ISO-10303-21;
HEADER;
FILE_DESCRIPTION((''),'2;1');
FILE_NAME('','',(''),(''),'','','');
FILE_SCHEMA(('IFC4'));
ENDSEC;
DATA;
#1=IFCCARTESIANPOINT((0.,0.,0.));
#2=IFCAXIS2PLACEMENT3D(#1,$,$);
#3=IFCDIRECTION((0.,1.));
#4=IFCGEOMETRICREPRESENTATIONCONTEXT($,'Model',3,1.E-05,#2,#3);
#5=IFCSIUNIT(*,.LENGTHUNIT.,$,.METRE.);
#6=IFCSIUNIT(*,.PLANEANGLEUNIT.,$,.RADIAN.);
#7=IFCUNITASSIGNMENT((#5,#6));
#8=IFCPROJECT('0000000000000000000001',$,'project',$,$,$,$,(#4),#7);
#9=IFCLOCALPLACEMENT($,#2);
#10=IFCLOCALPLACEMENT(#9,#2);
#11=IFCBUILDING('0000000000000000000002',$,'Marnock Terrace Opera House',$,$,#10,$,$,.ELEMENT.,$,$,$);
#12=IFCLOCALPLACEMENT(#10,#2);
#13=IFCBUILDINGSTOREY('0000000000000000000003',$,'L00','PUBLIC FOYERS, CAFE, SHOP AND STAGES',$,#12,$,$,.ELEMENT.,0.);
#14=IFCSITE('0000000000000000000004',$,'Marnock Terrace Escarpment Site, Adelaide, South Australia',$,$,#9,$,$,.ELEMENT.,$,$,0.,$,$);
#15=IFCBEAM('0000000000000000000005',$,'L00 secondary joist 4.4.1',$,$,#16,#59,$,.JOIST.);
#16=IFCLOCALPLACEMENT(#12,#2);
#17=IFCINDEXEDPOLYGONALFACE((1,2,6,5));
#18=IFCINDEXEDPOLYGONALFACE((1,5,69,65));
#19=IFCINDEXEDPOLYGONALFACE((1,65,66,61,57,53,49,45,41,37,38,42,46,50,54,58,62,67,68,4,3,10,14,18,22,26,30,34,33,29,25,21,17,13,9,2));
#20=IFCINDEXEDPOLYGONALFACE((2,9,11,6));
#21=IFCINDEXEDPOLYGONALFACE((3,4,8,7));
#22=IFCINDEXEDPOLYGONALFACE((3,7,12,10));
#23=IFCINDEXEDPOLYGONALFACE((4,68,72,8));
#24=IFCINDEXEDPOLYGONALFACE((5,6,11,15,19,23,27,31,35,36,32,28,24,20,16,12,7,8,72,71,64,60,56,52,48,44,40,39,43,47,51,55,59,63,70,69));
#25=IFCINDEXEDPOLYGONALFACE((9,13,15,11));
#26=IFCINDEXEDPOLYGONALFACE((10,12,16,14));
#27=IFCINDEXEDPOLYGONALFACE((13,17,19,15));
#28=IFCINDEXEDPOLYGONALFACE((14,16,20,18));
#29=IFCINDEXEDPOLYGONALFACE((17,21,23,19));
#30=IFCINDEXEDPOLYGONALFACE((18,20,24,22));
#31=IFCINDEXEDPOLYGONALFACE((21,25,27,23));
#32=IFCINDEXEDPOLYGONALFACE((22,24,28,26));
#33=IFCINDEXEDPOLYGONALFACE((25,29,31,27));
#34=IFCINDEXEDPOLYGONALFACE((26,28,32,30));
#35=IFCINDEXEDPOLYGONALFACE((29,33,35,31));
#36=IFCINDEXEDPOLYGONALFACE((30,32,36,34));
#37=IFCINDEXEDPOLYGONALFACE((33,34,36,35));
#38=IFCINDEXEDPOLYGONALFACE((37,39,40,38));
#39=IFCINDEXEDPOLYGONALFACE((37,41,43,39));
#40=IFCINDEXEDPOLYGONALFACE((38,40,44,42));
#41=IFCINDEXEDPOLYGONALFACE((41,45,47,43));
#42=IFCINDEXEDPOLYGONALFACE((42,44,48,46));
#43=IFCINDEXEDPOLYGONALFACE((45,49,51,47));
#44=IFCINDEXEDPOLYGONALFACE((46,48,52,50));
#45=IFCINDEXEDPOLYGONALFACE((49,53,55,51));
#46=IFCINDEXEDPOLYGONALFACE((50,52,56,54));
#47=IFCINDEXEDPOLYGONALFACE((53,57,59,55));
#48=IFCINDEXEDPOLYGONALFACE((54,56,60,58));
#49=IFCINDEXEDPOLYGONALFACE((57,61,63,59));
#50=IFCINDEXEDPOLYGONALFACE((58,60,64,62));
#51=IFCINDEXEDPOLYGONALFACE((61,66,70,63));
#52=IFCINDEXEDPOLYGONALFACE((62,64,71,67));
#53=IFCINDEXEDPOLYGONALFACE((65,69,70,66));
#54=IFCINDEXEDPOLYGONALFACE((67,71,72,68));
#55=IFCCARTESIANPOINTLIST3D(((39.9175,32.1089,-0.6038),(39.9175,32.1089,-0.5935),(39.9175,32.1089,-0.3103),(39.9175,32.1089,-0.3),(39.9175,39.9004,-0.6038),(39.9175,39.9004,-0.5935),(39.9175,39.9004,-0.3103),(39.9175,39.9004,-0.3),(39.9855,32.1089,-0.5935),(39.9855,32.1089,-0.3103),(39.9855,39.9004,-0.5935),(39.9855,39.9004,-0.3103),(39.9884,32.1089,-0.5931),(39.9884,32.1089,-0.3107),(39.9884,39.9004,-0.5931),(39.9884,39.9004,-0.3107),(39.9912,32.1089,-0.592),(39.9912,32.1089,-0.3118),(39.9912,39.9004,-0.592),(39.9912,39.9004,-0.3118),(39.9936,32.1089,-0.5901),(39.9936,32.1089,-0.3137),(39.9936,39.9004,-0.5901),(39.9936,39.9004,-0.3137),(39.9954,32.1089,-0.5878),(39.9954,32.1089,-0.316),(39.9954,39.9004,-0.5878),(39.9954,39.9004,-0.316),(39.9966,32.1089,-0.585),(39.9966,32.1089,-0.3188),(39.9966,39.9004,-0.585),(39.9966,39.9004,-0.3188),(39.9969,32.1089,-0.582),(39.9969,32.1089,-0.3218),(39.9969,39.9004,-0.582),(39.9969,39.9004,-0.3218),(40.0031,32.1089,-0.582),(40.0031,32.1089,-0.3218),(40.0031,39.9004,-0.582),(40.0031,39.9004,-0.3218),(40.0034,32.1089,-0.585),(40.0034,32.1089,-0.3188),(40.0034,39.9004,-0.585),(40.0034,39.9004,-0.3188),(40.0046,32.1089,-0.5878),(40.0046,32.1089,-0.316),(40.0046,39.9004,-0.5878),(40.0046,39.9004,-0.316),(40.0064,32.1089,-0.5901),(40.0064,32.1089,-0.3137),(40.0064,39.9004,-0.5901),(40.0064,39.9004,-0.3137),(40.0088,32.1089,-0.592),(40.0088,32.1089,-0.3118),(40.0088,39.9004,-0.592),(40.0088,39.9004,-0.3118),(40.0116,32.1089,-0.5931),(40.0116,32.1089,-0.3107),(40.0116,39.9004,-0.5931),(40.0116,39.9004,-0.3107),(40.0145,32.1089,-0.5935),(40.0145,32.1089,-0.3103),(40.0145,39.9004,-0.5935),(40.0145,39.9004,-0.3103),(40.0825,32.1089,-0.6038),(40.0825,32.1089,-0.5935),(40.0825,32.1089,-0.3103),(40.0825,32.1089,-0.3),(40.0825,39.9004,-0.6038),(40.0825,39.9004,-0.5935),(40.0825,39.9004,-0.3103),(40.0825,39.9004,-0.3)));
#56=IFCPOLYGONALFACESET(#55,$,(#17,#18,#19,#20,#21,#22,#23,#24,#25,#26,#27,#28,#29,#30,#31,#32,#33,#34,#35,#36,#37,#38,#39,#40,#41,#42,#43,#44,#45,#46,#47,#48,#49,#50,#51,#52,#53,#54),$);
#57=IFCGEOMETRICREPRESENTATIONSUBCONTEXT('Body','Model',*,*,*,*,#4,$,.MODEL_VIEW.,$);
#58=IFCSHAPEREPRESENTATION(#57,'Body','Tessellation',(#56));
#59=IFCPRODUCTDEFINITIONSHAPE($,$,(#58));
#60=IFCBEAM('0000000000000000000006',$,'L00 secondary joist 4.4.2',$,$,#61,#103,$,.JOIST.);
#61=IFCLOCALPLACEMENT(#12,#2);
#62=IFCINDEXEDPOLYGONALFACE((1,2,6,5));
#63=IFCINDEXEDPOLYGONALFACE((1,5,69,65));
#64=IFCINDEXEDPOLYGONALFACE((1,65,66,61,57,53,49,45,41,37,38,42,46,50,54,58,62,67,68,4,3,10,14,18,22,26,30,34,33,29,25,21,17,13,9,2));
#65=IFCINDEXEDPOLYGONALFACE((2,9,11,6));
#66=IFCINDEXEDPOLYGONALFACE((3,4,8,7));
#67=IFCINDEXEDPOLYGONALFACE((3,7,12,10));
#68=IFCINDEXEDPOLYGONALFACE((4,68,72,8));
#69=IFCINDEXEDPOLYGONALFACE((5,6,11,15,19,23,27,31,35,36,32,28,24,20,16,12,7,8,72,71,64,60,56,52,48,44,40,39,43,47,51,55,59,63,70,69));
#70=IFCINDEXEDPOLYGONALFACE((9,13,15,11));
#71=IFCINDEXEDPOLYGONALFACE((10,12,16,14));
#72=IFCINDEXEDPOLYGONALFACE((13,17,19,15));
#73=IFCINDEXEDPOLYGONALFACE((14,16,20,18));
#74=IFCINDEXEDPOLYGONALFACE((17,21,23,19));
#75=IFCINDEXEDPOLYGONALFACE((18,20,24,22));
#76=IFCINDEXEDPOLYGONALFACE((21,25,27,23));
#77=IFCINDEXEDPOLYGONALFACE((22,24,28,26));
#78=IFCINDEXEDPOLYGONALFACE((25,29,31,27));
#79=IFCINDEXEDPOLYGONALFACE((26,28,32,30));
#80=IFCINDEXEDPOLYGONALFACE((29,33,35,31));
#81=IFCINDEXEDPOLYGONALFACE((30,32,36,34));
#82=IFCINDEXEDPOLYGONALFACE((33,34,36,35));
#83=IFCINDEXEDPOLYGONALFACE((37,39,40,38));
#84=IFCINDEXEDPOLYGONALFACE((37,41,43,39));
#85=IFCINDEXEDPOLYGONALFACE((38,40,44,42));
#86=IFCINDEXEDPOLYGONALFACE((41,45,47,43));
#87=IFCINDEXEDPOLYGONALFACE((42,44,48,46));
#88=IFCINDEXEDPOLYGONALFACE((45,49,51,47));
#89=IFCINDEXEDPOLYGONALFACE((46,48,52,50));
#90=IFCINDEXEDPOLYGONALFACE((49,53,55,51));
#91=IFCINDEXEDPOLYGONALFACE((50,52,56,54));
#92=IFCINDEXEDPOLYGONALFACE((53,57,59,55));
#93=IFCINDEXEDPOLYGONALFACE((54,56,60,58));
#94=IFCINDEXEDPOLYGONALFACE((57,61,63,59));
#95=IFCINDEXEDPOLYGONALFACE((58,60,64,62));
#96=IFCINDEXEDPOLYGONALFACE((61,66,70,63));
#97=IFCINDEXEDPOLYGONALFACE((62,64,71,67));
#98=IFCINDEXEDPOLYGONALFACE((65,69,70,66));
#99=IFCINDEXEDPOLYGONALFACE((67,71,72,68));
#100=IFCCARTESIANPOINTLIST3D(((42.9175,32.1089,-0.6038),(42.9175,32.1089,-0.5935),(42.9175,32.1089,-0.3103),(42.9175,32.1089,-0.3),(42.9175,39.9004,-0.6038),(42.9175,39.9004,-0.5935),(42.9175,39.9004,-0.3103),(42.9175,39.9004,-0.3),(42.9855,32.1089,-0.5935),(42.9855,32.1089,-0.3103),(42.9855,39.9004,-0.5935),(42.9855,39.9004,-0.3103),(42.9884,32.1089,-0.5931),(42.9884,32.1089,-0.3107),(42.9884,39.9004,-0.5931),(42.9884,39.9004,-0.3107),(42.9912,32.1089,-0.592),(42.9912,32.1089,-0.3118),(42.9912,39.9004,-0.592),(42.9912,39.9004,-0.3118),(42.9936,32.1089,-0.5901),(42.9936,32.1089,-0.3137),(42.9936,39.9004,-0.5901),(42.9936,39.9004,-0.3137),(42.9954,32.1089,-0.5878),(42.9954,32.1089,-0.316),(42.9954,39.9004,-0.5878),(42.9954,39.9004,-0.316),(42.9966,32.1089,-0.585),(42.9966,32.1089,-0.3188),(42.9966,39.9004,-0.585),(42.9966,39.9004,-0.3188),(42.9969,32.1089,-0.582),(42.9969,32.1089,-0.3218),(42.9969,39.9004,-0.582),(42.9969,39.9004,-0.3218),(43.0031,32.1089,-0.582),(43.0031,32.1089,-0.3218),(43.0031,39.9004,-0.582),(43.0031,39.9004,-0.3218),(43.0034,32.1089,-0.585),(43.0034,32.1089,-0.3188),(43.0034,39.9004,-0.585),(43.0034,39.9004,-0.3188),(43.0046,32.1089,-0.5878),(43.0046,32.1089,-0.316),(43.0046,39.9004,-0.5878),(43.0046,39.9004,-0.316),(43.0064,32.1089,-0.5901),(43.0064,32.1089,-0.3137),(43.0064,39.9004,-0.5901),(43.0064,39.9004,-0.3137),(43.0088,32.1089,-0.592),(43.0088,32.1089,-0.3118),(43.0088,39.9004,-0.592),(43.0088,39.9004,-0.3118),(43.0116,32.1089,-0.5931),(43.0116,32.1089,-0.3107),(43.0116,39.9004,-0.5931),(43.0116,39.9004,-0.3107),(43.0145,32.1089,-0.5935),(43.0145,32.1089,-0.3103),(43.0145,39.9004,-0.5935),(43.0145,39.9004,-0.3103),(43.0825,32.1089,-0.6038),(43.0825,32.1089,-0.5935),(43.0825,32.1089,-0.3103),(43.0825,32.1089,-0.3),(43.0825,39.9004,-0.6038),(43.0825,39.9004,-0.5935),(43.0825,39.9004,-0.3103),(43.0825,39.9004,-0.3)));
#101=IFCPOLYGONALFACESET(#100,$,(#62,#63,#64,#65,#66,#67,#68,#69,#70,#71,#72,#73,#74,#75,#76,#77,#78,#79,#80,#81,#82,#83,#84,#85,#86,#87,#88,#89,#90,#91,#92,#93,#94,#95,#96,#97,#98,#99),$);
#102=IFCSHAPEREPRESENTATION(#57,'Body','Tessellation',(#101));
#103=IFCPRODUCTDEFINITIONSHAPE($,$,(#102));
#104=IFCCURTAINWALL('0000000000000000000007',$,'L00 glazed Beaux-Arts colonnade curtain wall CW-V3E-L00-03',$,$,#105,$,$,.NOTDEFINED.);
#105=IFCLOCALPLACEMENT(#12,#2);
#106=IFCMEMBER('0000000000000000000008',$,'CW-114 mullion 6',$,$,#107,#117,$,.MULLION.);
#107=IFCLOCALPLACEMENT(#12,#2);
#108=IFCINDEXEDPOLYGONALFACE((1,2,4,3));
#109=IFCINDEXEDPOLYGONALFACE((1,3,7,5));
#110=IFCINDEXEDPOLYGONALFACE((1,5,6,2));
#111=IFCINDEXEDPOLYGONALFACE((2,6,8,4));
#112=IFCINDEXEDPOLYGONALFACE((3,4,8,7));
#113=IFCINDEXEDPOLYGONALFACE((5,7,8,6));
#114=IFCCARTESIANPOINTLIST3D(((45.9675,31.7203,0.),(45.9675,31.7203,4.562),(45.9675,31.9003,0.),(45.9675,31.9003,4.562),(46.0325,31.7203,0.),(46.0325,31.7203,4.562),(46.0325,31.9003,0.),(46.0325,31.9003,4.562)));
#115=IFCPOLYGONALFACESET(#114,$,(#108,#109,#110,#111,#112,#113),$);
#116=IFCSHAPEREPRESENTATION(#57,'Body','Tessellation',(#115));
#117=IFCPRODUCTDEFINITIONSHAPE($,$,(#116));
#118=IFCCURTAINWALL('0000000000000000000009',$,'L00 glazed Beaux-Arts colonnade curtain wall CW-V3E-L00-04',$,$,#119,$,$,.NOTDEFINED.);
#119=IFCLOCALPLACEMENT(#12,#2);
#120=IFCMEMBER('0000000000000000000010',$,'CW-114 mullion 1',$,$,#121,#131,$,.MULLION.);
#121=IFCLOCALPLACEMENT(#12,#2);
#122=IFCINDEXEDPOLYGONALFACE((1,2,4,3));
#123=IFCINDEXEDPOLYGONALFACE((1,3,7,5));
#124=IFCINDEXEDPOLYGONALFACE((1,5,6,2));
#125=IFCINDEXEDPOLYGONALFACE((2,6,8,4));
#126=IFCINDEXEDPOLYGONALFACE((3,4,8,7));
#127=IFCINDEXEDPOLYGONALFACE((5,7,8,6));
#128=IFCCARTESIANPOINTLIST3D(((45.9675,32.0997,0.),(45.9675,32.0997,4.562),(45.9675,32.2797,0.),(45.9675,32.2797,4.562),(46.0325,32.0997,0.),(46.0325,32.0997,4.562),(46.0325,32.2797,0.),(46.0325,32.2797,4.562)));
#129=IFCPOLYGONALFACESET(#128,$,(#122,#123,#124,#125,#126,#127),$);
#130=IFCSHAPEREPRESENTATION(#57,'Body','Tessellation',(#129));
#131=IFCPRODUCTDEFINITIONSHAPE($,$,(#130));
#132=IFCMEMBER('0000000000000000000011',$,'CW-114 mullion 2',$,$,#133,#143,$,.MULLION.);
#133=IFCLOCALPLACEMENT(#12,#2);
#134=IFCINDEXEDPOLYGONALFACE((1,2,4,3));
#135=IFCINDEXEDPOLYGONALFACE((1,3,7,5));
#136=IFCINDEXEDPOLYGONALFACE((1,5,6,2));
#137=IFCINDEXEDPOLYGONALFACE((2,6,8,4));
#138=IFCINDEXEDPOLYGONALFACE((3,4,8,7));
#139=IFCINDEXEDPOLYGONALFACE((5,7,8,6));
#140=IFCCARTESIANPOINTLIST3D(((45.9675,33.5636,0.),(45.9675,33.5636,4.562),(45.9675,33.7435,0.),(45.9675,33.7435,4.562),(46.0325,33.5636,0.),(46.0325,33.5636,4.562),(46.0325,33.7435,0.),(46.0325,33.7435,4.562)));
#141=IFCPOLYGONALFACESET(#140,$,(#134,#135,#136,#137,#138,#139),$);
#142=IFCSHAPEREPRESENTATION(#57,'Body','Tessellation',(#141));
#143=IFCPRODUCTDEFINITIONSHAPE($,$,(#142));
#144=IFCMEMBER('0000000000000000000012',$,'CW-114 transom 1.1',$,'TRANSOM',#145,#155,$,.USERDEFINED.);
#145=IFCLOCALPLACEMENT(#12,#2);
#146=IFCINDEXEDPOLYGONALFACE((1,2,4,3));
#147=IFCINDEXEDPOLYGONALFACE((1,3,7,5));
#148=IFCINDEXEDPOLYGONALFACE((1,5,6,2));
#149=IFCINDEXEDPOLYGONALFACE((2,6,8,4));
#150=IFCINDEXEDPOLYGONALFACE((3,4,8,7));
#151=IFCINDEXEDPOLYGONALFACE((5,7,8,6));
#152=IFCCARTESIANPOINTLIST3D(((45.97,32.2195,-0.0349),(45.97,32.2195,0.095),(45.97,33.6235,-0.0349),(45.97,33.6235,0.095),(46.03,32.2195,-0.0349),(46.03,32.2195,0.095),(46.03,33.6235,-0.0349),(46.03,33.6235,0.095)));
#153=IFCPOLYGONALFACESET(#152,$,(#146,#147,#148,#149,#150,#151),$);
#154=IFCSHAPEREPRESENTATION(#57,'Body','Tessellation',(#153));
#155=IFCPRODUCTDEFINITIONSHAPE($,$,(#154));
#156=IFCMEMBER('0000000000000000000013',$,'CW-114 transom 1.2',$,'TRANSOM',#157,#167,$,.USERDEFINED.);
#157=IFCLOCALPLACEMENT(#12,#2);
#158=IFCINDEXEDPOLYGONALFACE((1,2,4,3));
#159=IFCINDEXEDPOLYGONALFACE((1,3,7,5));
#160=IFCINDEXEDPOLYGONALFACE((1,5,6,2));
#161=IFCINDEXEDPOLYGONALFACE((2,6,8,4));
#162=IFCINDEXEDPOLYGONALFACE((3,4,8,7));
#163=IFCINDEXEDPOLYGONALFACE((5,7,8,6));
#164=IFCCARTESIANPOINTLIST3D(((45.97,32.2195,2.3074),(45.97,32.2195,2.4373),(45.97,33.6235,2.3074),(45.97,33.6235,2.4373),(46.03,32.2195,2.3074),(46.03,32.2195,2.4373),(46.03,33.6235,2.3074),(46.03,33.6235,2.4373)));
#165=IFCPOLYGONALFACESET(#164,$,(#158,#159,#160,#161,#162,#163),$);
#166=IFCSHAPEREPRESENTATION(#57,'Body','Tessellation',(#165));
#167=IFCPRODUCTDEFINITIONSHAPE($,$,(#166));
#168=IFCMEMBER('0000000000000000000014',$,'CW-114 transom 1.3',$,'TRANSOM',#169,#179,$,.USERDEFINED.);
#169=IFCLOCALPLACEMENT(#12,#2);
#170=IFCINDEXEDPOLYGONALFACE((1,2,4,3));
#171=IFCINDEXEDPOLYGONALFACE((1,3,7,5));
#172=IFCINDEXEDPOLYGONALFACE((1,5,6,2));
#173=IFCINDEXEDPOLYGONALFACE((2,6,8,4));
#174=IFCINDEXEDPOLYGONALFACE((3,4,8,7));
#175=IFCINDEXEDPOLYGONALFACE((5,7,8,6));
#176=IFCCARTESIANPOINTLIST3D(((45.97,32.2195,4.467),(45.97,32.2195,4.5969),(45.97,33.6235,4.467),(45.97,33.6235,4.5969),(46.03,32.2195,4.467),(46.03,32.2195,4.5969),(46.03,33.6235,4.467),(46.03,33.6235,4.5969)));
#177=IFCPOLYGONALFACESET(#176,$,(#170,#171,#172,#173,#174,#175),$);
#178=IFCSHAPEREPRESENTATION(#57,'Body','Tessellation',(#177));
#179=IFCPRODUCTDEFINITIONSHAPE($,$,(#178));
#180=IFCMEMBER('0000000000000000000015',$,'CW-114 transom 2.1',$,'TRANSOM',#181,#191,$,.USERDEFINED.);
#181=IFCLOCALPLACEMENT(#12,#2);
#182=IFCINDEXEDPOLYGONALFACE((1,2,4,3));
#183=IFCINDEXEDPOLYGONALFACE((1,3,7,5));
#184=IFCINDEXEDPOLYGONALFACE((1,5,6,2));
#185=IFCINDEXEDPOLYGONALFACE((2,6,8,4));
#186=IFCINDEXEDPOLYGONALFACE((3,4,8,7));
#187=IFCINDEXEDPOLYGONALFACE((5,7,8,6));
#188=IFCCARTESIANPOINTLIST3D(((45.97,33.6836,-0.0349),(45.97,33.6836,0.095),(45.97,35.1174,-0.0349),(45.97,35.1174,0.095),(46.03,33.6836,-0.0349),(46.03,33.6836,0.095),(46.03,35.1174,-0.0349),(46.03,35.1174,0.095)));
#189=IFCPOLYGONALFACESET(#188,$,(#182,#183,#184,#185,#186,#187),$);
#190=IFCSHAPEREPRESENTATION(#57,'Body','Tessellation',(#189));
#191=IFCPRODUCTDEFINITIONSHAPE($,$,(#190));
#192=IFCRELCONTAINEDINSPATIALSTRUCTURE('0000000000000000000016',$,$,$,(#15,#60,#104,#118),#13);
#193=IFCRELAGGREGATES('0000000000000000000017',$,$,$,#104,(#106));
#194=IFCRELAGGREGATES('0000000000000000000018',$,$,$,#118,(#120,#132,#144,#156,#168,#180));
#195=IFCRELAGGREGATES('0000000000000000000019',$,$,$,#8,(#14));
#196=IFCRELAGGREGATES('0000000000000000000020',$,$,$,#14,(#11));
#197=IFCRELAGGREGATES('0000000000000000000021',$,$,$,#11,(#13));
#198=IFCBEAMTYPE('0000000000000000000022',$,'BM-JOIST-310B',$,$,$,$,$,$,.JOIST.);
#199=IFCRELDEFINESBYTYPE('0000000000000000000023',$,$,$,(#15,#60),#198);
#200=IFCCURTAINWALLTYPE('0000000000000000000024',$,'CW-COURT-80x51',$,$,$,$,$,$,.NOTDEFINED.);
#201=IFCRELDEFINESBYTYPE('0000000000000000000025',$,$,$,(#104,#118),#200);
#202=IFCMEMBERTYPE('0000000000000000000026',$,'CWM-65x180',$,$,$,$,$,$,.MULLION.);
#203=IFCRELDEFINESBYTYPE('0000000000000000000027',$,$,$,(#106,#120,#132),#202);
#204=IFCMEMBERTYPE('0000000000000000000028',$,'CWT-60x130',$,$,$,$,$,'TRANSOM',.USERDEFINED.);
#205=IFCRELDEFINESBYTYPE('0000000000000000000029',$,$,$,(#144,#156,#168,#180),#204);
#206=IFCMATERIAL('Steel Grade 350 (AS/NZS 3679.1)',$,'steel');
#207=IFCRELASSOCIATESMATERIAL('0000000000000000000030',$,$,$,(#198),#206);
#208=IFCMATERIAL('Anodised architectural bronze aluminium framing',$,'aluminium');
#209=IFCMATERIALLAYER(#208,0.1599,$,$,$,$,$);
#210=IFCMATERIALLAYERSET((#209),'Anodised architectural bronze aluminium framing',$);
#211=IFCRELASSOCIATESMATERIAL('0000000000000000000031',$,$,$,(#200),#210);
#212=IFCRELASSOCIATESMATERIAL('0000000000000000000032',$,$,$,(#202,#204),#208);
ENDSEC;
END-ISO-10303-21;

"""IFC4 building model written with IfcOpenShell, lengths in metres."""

from ifc_helpers import new_model, si_unit, direction, frame, origin, origin_2d, place, context, subcontext, project, spatial, rectangle, i_section, extrude, material, layer, layer_set, material_profile, profile_set, type_object, element, aggregate, save


model = new_model("IFC4")

# Units and contexts
model_context = context("Model", 3, precision=1e-05, world=origin(), true_north=direction((0.0, 1.0)))
body_context = subcontext(model_context, "Body", "Model", "MODEL_VIEW")
ifc_project = project(units=[si_unit("LENGTHUNIT", "METRE"), si_unit("PLANEANGLEUNIT", "RADIAN")], contexts=[model_context])

# Site, building, storey
site_placement = place(None, origin())
site = spatial("IfcSite", under=ifc_project, at=site_placement, Name="Marnock Terrace Escarpment Site, Adelaide, South Australia", CompositionType="ELEMENT", RefElevation=0.0)
building_placement = place(site_placement, origin())
building = spatial("IfcBuilding", under=site, at=building_placement, Name="Marnock Terrace Opera House", CompositionType="ELEMENT")
storey_placement = place(building_placement, origin())
storey = spatial("IfcBuildingStorey", under=building, at=storey_placement, Name="L00", Description="PUBLIC FOYERS, CAFE, SHOP AND STAGES", CompositionType="ELEMENT", Elevation=0.0)

# Shared definitions
ifc_material_1 = material(Name="Steel Grade 350 (AS/NZS 3679.1)", Category="steel")

# Beams
ifc_material_profile_1 = material_profile(ifc_material_1, i_section(OverallWidth=0.165, OverallDepth=0.3037, WebThickness=0.0061, FlangeThickness=0.0103, FilletRadius=0.0115, at=origin_2d()))
ifc_profile_set_1 = profile_set([ifc_material_profile_1], Name="Steel Grade 350 (AS/NZS 3679.1)")
beam_type_1 = type_object("IfcBeamType", Name="BM-JOIST-310B", PredefinedType="JOIST", material=ifc_profile_set_1)
for number, where, z_axis, x_axis, name in (
    (1, (40.0, 32.1089, -0.4519), (0.0, 1.0, 0.0), (-1.0, 0.0, 0.0), "L00 secondary joist 4.4.1"),
    (2, (43.0, 32.1089, -0.4519), (0.0, 1.0, 0.0), (-1.0, 0.0, 0.0), "L00 secondary joist 4.4.2"),
):
    element("IfcBeam", number, at=place(storey_placement, frame(where, z_axis=z_axis, x_axis=x_axis)), inside=storey, type_object=beam_type_1, Name=name, PredefinedType="JOIST", context=body_context, shape_type="SweptSolid", body=[
        extrude(i_section(OverallWidth=0.165, OverallDepth=0.3037, WebThickness=0.0061, FlangeThickness=0.0103, FilletRadius=0.0115, at=origin_2d()), origin(), (0.0, 0.0, 1.0), 7.7915),
    ])

# Curtain wall, member
ifc_material_2 = material(Name="Anodised architectural bronze aluminium framing", Category="aluminium")
ifc_layer_1 = layer(ifc_material_2, 0.1599)
ifc_layer_set_1 = layer_set([ifc_layer_1], Name="Anodised architectural bronze aluminium framing")
curtain_wall_type = type_object("IfcCurtainWallType", Name="CW-COURT-80x51", PredefinedType="NOTDEFINED", material=ifc_layer_set_1)
curtain_wall_1_placement = place(storey_placement, origin())
curtain_wall_1 = element("IfcCurtainWall", 3, at=curtain_wall_1_placement, inside=storey, type_object=curtain_wall_type, Name="L00 glazed Beaux-Arts colonnade curtain wall CW-V3E-L00-03", PredefinedType="NOTDEFINED")
ifc_material_profile_2 = material_profile(ifc_material_2, rectangle(XDim=0.0649, YDim=0.1799, at=origin_2d()))
ifc_profile_set_2 = profile_set([ifc_material_profile_2], Name="Anodised architectural bronze aluminium framing")
member_type_1 = type_object("IfcMemberType", Name="CWM-65x180", PredefinedType="MULLION", material=ifc_profile_set_2)
member_1_placement = place(storey_placement, frame((46.0, 31.8103, 0.0), z_axis=(0.0, 0.0, 1.0), x_axis=(-1.0, 0.0, 0.0)))
member_1 = element("IfcMember", 4, at=member_1_placement, type_object=member_type_1, Name="CW-114 mullion 6", PredefinedType="MULLION", context=body_context, shape_type="SweptSolid", body=[
    extrude(rectangle(XDim=0.0649, YDim=0.1799, at=origin_2d()), origin(), (0.0, 0.0, 1.0), 4.562),
])

# Curtain wall, members
curtain_wall_2_placement = place(storey_placement, origin())
curtain_wall_2 = element("IfcCurtainWall", 5, at=curtain_wall_2_placement, inside=storey, type_object=curtain_wall_type, Name="L00 glazed Beaux-Arts colonnade curtain wall CW-V3E-L00-04", PredefinedType="NOTDEFINED")
member_2_placement = place(storey_placement, frame((46.0, 32.1897, 0.0), z_axis=(0.0, 0.0, 1.0), x_axis=(-1.0, 0.0, 0.0)))
member_2 = element("IfcMember", 6, at=member_2_placement, type_object=member_type_1, Name="CW-114 mullion 1", PredefinedType="MULLION", context=body_context, shape_type="SweptSolid", body=[
    extrude(rectangle(XDim=0.0649, YDim=0.1799, at=origin_2d()), origin(), (0.0, 0.0, 1.0), 4.562),
])
member_3_placement = place(storey_placement, frame((46.0, 33.6536, 0.0), z_axis=(0.0, 0.0, 1.0), x_axis=(-1.0, 0.0, 0.0)))
member_3 = element("IfcMember", 7, at=member_3_placement, type_object=member_type_1, Name="CW-114 mullion 2", PredefinedType="MULLION", context=body_context, shape_type="SweptSolid", body=[
    extrude(rectangle(XDim=0.0649, YDim=0.1799, at=origin_2d()), origin(), (0.0, 0.0, 1.0), 4.562),
])
ifc_material_profile_3 = material_profile(ifc_material_2, rectangle(XDim=0.0601, YDim=0.1299, at=origin_2d()))
ifc_profile_set_3 = profile_set([ifc_material_profile_3], Name="Anodised architectural bronze aluminium framing")
member_type_2 = type_object("IfcMemberType", Name="CWT-60x130", ElementType="TRANSOM", PredefinedType="USERDEFINED", material=ifc_profile_set_3)
member_4_placement = place(storey_placement, frame((46.0, 32.2195, 0.03), z_axis=(0.0, 1.0, 0.0), x_axis=(-1.0, 0.0, 0.0)))
member_4 = element("IfcMember", 8, at=member_4_placement, type_object=member_type_2, Name="CW-114 transom 1.1", ObjectType="TRANSOM", PredefinedType="USERDEFINED", context=body_context, shape_type="SweptSolid", body=[
    extrude(rectangle(XDim=0.0601, YDim=0.1299, at=origin_2d()), origin(), (0.0, 0.0, 1.0), 1.4041),
])
member_5_placement = place(storey_placement, frame((46.0, 32.2195, 2.3723), z_axis=(0.0, 1.0, 0.0), x_axis=(-1.0, 0.0, 0.0)))
member_5 = element("IfcMember", 9, at=member_5_placement, type_object=member_type_2, Name="CW-114 transom 1.2", ObjectType="TRANSOM", PredefinedType="USERDEFINED", context=body_context, shape_type="SweptSolid", body=[
    extrude(rectangle(XDim=0.0601, YDim=0.1299, at=origin_2d()), origin(), (0.0, 0.0, 1.0), 1.4041),
])
member_6_placement = place(storey_placement, frame((46.0, 32.2195, 4.532), z_axis=(0.0, 1.0, 0.0), x_axis=(-1.0, 0.0, 0.0)))
member_6 = element("IfcMember", 10, at=member_6_placement, type_object=member_type_2, Name="CW-114 transom 1.3", ObjectType="TRANSOM", PredefinedType="USERDEFINED", context=body_context, shape_type="SweptSolid", body=[
    extrude(rectangle(XDim=0.0601, YDim=0.1299, at=origin_2d()), origin(), (0.0, 0.0, 1.0), 1.4041),
])
member_7_placement = place(storey_placement, frame((46.0, 33.6836, 0.03), z_axis=(0.0, 1.0, 0.0), x_axis=(-1.0, 0.0, 0.0)))
member_7 = element("IfcMember", 11, at=member_7_placement, type_object=member_type_2, Name="CW-114 transom 2.1", ObjectType="TRANSOM", PredefinedType="USERDEFINED", context=body_context, shape_type="SweptSolid", body=[
    extrude(rectangle(XDim=0.0601, YDim=0.1299, at=origin_2d()), origin(), (0.0, 0.0, 1.0), 1.4338),
])

aggregate(curtain_wall_1, [member_1])
aggregate(curtain_wall_2, [member_2, member_3, member_4, member_5, member_6, member_7])

save(model, "model.ifc")
